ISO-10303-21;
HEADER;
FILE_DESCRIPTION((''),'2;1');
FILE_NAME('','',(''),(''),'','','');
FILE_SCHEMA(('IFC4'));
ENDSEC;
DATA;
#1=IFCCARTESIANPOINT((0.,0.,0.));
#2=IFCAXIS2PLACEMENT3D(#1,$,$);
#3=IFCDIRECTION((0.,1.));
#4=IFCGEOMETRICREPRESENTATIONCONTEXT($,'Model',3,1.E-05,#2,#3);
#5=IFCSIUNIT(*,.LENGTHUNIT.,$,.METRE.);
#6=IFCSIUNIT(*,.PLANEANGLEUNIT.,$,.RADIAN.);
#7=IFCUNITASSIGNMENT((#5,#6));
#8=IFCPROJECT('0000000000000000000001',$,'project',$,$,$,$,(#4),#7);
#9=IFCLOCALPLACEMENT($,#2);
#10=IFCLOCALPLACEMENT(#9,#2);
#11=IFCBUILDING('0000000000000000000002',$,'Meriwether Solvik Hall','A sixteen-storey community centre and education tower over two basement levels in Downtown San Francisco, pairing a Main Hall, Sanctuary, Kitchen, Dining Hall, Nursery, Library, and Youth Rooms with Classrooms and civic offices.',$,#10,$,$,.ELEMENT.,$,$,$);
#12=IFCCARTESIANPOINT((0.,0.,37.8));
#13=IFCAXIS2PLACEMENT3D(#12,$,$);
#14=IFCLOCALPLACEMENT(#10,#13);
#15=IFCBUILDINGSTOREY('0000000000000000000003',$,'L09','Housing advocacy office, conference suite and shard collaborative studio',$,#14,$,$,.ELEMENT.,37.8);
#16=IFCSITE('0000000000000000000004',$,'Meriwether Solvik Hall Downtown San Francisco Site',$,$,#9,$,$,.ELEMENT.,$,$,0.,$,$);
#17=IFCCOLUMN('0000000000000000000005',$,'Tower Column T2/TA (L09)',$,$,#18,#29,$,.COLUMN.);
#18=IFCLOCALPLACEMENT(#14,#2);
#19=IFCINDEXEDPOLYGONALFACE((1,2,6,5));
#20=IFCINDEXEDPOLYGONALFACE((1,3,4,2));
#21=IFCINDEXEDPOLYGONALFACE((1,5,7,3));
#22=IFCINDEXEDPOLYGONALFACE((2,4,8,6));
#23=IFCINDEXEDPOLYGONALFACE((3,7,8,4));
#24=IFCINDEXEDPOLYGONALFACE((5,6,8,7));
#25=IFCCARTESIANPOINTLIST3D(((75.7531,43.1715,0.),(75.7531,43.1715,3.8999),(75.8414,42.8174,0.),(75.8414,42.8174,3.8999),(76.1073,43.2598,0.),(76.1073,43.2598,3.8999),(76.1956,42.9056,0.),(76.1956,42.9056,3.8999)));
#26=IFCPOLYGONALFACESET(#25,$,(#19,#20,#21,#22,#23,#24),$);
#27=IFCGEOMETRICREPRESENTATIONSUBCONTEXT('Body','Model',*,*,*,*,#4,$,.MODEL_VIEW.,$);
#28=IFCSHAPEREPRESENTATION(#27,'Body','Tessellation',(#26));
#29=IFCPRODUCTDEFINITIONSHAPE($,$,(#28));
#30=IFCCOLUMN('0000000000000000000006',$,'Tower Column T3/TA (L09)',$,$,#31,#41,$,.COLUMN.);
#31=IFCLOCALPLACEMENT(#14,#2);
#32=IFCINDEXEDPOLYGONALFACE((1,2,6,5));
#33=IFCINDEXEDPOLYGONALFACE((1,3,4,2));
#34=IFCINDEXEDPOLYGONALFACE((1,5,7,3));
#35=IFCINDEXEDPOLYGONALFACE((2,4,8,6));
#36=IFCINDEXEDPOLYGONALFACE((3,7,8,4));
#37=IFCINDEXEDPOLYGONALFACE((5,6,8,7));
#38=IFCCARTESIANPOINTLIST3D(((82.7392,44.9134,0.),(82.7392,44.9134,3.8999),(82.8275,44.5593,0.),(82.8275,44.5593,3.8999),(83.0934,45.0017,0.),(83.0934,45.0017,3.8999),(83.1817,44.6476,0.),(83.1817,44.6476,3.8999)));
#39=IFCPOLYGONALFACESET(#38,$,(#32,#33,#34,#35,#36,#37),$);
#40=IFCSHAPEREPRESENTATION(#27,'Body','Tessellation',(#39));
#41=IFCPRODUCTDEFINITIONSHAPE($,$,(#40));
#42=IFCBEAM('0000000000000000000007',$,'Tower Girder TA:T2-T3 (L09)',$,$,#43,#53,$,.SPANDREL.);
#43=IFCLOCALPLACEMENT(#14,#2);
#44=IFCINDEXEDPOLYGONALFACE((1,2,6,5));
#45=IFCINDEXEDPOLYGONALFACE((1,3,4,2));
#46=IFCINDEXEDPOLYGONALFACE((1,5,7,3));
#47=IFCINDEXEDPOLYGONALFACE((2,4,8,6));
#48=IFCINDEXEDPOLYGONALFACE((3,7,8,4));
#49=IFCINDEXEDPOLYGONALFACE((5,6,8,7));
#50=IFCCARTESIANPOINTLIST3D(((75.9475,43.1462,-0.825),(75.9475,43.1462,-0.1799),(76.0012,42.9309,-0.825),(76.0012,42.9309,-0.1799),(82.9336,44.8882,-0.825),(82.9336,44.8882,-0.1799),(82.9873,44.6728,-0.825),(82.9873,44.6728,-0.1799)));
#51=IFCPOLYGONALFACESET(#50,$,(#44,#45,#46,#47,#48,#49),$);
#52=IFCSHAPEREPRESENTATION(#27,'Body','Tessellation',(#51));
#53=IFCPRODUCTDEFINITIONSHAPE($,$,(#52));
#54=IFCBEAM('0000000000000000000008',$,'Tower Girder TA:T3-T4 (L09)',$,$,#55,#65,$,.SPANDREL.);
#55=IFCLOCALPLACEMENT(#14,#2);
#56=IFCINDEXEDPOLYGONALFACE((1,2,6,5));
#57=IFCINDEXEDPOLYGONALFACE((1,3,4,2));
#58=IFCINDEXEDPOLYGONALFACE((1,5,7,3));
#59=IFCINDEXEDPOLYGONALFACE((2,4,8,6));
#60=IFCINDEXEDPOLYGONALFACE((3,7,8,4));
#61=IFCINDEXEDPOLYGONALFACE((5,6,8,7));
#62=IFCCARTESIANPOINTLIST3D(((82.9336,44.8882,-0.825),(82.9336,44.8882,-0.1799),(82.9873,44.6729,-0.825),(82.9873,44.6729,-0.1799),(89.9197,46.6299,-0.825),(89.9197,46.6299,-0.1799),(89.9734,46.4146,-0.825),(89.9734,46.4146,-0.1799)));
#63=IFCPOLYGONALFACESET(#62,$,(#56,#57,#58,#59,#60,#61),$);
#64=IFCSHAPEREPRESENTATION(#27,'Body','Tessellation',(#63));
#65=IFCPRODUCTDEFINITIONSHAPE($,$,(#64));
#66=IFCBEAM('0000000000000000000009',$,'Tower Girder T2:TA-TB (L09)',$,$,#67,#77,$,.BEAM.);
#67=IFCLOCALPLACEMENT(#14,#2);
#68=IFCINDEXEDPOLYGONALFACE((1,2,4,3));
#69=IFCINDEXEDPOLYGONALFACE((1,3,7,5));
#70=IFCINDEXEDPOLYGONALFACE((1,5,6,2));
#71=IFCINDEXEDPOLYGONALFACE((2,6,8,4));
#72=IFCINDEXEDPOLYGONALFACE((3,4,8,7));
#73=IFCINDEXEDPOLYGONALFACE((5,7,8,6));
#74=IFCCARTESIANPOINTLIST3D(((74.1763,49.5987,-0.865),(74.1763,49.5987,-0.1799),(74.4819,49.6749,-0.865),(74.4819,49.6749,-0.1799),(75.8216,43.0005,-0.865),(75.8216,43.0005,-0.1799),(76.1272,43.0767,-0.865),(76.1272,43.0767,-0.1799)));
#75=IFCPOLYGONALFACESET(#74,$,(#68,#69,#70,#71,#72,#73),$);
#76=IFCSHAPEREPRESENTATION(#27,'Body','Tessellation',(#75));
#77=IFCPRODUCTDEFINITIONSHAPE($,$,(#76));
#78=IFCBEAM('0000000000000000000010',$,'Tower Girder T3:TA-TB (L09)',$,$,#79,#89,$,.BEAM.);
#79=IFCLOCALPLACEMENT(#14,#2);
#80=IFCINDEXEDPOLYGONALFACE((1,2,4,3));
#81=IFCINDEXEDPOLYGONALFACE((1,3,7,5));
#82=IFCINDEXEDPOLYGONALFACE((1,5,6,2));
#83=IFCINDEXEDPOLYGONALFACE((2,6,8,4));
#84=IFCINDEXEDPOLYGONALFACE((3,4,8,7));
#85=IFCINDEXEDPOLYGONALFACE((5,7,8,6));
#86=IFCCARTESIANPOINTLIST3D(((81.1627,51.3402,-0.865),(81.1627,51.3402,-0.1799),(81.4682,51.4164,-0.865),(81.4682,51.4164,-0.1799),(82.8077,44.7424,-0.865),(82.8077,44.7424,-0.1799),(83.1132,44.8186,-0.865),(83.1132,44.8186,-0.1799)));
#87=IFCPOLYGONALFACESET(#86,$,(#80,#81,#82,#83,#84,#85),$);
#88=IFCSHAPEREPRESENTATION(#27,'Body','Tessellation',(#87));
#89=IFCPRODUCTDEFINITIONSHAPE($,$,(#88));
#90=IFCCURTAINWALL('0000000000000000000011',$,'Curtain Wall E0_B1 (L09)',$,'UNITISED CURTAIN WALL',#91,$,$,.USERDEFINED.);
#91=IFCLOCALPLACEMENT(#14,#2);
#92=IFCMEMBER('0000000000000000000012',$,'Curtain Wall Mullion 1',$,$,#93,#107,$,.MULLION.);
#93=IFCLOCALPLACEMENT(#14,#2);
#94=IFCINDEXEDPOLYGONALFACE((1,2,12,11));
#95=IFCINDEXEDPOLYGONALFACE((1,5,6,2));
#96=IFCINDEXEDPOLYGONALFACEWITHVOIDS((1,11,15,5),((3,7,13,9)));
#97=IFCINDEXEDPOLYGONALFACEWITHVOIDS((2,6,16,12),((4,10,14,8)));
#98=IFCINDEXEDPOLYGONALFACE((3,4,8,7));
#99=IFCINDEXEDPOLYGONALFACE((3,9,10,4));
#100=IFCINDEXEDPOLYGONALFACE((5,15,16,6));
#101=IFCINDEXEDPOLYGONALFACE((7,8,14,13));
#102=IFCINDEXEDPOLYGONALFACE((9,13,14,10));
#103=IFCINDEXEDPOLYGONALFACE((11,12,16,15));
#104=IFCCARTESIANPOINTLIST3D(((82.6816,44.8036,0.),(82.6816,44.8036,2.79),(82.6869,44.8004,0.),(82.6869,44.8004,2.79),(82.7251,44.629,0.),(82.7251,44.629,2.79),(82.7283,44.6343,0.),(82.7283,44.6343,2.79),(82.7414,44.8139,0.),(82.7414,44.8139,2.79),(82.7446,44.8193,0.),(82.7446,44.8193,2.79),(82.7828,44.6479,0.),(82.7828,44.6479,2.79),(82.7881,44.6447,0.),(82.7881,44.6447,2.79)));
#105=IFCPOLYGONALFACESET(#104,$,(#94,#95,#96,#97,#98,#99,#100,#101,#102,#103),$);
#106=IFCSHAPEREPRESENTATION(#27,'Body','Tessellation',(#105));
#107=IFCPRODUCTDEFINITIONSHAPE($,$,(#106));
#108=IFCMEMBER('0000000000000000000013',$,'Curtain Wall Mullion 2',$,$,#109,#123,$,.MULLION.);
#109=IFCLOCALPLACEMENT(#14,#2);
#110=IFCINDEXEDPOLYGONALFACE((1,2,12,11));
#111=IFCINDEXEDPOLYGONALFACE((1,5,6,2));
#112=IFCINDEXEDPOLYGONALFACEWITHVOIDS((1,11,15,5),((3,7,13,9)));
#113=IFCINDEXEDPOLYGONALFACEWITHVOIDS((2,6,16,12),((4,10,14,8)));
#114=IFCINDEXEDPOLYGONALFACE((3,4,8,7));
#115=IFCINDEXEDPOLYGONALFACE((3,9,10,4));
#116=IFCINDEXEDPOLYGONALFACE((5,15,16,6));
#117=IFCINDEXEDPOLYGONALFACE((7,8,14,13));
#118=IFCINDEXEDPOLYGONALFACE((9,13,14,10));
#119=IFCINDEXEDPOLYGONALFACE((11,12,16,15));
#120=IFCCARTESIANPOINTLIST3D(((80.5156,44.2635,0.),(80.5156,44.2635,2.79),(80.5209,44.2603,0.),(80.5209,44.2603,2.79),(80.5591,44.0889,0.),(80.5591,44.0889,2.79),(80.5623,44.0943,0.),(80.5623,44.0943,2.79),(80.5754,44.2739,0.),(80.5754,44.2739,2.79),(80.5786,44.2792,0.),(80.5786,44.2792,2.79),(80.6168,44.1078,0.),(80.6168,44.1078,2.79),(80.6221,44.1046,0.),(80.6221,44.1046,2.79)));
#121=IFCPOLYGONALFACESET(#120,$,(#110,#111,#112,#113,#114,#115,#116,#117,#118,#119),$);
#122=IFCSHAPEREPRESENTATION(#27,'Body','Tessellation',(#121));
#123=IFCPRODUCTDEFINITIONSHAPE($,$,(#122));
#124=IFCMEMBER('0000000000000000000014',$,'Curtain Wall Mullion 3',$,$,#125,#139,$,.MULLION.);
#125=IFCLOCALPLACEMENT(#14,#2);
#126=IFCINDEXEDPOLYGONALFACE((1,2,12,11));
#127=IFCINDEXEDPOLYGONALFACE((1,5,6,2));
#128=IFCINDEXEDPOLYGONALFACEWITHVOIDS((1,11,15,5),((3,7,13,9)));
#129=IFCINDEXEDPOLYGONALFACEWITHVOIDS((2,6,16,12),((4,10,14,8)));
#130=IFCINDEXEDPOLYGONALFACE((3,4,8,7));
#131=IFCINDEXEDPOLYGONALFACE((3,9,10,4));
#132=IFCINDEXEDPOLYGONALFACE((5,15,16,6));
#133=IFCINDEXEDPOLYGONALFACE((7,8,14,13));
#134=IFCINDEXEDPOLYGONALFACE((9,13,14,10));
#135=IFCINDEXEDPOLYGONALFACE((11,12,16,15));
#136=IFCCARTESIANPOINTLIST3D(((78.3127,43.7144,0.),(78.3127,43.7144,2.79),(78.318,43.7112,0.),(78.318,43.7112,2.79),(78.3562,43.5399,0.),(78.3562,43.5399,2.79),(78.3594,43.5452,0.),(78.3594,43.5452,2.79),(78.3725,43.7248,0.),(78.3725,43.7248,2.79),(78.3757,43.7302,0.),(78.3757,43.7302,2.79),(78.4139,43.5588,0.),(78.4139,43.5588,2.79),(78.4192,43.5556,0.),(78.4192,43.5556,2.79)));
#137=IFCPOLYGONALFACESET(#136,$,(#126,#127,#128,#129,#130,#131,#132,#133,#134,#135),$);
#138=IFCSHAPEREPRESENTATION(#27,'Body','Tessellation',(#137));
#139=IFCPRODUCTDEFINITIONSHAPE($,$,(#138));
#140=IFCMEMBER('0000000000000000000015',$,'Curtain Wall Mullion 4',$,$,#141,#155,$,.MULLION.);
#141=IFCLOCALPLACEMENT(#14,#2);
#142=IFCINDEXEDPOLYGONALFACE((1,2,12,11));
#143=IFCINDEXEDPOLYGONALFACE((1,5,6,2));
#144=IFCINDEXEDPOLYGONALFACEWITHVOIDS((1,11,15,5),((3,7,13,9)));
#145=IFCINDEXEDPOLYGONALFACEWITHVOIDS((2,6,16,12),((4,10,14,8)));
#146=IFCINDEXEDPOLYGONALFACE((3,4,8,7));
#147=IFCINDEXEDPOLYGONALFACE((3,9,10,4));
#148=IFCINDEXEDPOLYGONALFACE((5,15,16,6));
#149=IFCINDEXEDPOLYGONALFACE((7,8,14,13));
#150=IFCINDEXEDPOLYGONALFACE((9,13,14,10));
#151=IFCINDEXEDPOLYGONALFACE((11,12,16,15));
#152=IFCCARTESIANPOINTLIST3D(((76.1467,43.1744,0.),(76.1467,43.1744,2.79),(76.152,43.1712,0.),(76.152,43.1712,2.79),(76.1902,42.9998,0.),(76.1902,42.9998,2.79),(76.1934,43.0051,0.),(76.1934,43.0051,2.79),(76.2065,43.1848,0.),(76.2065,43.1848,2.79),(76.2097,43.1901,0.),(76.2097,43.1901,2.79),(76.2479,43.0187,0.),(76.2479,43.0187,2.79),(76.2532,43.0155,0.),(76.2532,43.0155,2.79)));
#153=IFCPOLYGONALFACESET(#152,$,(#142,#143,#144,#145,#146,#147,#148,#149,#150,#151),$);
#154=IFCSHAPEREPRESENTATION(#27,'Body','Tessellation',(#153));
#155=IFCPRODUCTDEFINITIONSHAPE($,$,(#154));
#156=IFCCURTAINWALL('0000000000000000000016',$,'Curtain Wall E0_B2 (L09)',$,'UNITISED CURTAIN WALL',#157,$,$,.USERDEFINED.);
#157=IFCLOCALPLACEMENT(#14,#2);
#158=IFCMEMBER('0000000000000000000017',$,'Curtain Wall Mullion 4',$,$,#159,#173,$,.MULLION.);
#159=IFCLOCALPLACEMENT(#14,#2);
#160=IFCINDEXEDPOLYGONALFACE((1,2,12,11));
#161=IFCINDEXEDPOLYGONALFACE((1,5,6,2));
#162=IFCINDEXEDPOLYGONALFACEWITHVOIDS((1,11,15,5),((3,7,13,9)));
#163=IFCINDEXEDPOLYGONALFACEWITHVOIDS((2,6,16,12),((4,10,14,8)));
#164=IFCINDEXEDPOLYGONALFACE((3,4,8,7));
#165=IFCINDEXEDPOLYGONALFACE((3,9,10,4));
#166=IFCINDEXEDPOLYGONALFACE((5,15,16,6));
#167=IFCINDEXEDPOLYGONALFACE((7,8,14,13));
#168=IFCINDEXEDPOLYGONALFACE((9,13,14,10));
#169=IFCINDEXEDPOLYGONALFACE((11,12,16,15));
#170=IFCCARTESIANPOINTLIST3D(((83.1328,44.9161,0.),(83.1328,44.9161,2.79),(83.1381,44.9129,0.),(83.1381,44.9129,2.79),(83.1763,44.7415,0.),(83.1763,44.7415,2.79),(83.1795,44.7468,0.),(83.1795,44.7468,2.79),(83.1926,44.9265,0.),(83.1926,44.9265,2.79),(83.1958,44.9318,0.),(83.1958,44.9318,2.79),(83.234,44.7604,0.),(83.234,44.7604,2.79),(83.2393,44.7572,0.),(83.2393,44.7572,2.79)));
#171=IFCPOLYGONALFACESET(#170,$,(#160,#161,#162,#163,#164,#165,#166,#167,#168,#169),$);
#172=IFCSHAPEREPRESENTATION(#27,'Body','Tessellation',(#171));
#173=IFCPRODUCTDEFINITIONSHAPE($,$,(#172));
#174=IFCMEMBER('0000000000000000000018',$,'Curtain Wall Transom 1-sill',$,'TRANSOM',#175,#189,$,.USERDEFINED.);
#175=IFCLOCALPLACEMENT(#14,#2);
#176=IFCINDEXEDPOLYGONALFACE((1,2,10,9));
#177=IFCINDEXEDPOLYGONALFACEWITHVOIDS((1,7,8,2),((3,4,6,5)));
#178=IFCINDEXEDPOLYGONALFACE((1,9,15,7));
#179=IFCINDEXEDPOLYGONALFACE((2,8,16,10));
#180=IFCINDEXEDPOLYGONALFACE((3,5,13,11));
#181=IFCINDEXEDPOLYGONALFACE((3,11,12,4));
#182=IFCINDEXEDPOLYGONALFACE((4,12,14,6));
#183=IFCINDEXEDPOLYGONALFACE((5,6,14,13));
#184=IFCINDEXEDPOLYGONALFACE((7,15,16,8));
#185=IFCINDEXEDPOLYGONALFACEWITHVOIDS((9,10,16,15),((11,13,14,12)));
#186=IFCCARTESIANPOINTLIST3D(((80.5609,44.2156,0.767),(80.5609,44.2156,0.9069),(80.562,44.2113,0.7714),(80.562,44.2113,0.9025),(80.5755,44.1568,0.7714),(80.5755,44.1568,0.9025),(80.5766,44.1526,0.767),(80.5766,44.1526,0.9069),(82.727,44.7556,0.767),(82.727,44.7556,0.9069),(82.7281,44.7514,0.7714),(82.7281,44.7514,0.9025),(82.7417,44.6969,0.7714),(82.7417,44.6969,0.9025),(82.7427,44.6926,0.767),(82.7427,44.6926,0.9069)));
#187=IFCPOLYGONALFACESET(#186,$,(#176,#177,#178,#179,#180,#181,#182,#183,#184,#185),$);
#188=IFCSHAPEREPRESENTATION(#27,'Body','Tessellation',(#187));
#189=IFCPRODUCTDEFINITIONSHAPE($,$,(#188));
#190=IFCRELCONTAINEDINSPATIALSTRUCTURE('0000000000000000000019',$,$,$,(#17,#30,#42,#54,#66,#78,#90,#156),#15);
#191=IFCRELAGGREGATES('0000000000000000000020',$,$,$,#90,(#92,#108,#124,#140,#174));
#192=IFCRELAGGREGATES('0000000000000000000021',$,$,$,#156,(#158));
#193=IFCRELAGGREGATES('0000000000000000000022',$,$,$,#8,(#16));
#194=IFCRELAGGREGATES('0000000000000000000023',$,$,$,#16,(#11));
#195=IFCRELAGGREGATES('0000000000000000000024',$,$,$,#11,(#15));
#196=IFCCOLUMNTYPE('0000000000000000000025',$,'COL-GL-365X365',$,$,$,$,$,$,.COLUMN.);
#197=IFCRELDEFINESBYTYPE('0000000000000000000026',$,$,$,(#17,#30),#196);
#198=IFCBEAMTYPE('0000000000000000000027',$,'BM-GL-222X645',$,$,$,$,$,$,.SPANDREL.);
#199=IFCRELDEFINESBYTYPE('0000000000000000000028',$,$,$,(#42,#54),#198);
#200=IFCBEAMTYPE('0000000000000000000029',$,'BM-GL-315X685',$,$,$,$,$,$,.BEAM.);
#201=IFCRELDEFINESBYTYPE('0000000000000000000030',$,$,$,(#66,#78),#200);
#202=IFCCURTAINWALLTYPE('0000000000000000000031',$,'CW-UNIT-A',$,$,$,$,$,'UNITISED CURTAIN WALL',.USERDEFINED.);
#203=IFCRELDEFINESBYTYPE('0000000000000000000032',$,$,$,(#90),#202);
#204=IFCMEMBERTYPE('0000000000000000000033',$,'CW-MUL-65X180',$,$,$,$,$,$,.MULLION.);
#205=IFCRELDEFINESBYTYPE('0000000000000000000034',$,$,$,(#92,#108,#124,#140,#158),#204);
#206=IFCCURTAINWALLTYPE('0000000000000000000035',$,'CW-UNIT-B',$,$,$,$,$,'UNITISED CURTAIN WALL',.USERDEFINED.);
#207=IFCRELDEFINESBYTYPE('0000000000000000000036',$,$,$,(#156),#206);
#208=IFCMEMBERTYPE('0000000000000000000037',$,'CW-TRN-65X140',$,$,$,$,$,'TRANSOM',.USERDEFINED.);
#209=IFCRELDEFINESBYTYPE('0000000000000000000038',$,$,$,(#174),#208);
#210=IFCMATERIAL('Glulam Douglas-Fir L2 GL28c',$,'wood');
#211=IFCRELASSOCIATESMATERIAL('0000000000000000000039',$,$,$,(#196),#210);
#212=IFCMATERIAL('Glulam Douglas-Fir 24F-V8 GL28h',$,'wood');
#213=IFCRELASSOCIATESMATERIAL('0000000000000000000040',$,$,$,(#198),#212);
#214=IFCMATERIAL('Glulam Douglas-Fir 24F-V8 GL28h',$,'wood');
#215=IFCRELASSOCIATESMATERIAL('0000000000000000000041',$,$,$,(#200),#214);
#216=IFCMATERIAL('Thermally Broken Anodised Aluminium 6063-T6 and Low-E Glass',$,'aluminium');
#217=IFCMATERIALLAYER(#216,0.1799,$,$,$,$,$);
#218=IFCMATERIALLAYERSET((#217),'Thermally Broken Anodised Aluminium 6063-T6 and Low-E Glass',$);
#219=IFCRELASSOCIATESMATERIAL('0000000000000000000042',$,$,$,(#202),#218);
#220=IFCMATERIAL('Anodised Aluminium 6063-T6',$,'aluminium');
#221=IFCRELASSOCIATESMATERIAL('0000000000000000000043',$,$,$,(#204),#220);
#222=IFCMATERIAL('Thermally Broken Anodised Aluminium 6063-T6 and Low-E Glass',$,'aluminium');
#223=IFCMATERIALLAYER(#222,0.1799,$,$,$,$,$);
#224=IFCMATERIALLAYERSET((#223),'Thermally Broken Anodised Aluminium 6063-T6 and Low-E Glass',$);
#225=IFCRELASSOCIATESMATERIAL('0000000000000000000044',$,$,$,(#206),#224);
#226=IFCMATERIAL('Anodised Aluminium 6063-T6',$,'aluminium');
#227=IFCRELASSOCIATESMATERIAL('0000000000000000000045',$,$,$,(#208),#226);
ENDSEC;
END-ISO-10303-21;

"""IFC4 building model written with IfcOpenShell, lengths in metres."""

from ifc_helpers import new_model, si_unit, direction, frame, origin, origin_2d, place, context, subcontext, project, spatial, rectangle, hollow_rectangle, extrude, material, layer, layer_set, material_profile, profile_set, type_object, element, aggregate, save


model = new_model("IFC4")

# Units and contexts
model_context = context("Model", 3, precision=1e-05, world=origin(), true_north=direction((0.0, 1.0)))
body_context = subcontext(model_context, "Body", "Model", "MODEL_VIEW")
ifc_project = project(units=[si_unit("LENGTHUNIT", "METRE"), si_unit("PLANEANGLEUNIT", "RADIAN")], contexts=[model_context])

# Site, building, storey
site_placement = place(None, origin())
site = spatial("IfcSite", under=ifc_project, at=site_placement, Name="Meriwether Solvik Hall Downtown San Francisco Site", CompositionType="ELEMENT", RefElevation=0.0)
building_placement = place(site_placement, origin())
building = spatial("IfcBuilding", under=site, at=building_placement, Name="Meriwether Solvik Hall", Description="A sixteen-storey community centre and education tower over two basement levels in Downtown San Francisco, pairing a Main Hall, Sanctuary, Kitchen, Dining Hall, Nursery, Library, and Youth Rooms with Classrooms and civic offices.", CompositionType="ELEMENT")
storey_placement = place(building_placement, frame((0.0, 0.0, 37.8)))
storey = spatial("IfcBuildingStorey", under=building, at=storey_placement, Name="L09", Description="Housing advocacy office, conference suite and shard collaborative studio", CompositionType="ELEMENT", Elevation=37.8)

# Columns
ifc_material_1 = material(Name="Glulam Douglas-Fir L2 GL28c", Category="wood")
ifc_material_profile_1 = material_profile(ifc_material_1, rectangle(XDim=0.365, YDim=0.365, at=origin_2d()), Name="GLC-365X365")
ifc_profile_set_1 = profile_set([ifc_material_profile_1], Name="Glulam Douglas-Fir L2 GL28c")
column_type = type_object("IfcColumnType", Name="COL-GL-365X365", PredefinedType="COLUMN", material=ifc_profile_set_1)
for number, where, z_axis, x_axis, name in (
    (1, (75.9744, 43.0386, 0.0), (0.0, 0.0, 1.0), (0.970296, 0.241922, 0.0), "Tower Column T2/TA (L09)"),
    (2, (82.9604, 44.7805, 0.0), (0.0, 0.0, 1.0), (0.970296, 0.241922, 0.0), "Tower Column T3/TA (L09)"),
):
    element("IfcColumn", number, at=place(storey_placement, frame(where, z_axis=z_axis, x_axis=x_axis)), inside=storey, type_object=column_type, Name=name, PredefinedType="COLUMN", context=body_context, shape_type="SweptSolid", body=[
        extrude(rectangle(XDim=0.365, YDim=0.365, at=origin_2d()), origin(), (0.0, 0.0, 1.0), 3.8999),
    ])

# Beams
ifc_material_2 = material(Name="Glulam Douglas-Fir 24F-V8 GL28h", Category="wood")
ifc_material_profile_2 = material_profile(ifc_material_2, rectangle(XDim=0.2219, YDim=0.645, at=origin_2d()), Name="GLB-222X645")
ifc_profile_set_2 = profile_set([ifc_material_profile_2], Name="Glulam Douglas-Fir 24F-V8 GL28h")
beam_type_1 = type_object("IfcBeamType", Name="BM-GL-222X645", PredefinedType="SPANDREL", material=ifc_profile_set_2)
for number, where, z_axis, x_axis, name in (
    (3, (75.9744, 43.0386, -0.5024), (0.970292, 0.241937, 0.0), (-0.241937, 0.970292, 0.0), "Tower Girder TA:T2-T3 (L09)"),
    (4, (82.9604, 44.7805, -0.5024), (0.9703, 0.241905, 0.0), (-0.241905, 0.9703, 0.0), "Tower Girder TA:T3-T4 (L09)"),
):
    element("IfcBeam", number, at=place(storey_placement, frame(where, z_axis=z_axis, x_axis=x_axis)), inside=storey, type_object=beam_type_1, Name=name, PredefinedType="SPANDREL", context=body_context, shape_type="SweptSolid", body=[
        extrude(rectangle(XDim=0.2219, YDim=0.645, at=origin_2d()), origin(), (0.0, 0.0, 1.0), 7.2),
    ])
ifc_material_3 = material(Name="Glulam Douglas-Fir 24F-V8 GL28h", Category="wood")
ifc_material_profile_3 = material_profile(ifc_material_3, rectangle(XDim=0.3149, YDim=0.6851, at=origin_2d()), Name="GLB-315X685")
ifc_profile_set_3 = profile_set([ifc_material_profile_3], Name="Glulam Douglas-Fir 24F-V8 GL28h")
beam_type_2 = type_object("IfcBeamType", Name="BM-GL-315X685", PredefinedType="BEAM", material=ifc_profile_set_3)
beam_1_placement = place(storey_placement, frame((75.9744, 43.0386, -0.5225), z_axis=(-0.241944, 0.97029, 0.0), x_axis=(-0.97029, -0.241944, 0.0)))
element("IfcBeam", 5, at=beam_1_placement, inside=storey, type_object=beam_type_2, Name="Tower Girder T2:TA-TB (L09)", PredefinedType="BEAM", context=body_context, shape_type="SweptSolid", body=[
    extrude(rectangle(XDim=0.3149, YDim=0.6851, at=origin_2d()), origin(), (0.0, 0.0, 1.0), 6.8003),
])
beam_2_placement = place(storey_placement, frame((82.9604, 44.7805, -0.5225), z_axis=(-0.241919, 0.970296, 0.0), x_axis=(-0.970296, -0.241919, 0.0)))
element("IfcBeam", 6, at=beam_2_placement, inside=storey, type_object=beam_type_2, Name="Tower Girder T3:TA-TB (L09)", PredefinedType="BEAM", context=body_context, shape_type="SweptSolid", body=[
    extrude(rectangle(XDim=0.3149, YDim=0.6851, at=origin_2d()), origin(), (0.0, 0.0, 1.0), 6.7998),
])

# Curtain wall, members
ifc_material_4 = material(Name="Thermally Broken Anodised Aluminium 6063-T6 and Low-E Glass", Category="aluminium")
ifc_layer_1 = layer(ifc_material_4, 0.1799)
ifc_layer_set_1 = layer_set([ifc_layer_1], Name="Thermally Broken Anodised Aluminium 6063-T6 and Low-E Glass")
curtain_wall_type_1 = type_object("IfcCurtainWallType", Name="CW-UNIT-A", ElementType="UNITISED CURTAIN WALL", PredefinedType="USERDEFINED", material=ifc_layer_set_1)
curtain_wall_1_placement = place(storey_placement, origin())
curtain_wall_1 = element("IfcCurtainWall", 7, at=curtain_wall_1_placement, inside=storey, type_object=curtain_wall_type_1, Name="Curtain Wall E0_B1 (L09)", ObjectType="UNITISED CURTAIN WALL", PredefinedType="USERDEFINED")
ifc_material_5 = material(Name="Anodised Aluminium 6063-T6", Category="aluminium")
ifc_material_profile_4 = material_profile(ifc_material_5, hollow_rectangle(XDim=0.0649, YDim=0.1799, WallThickness=0.0044, at=origin_2d()), Name="CWM-65X180")
ifc_profile_set_4 = profile_set([ifc_material_profile_4], Name="Anodised Aluminium 6063-T6")
member_type_1 = type_object("IfcMemberType", Name="CW-MUL-65X180", PredefinedType="MULLION", material=ifc_profile_set_4)
member_1_placement = place(storey_placement, frame((82.7349, 44.7241, 0.0), z_axis=(0.0, 0.0, 1.0), x_axis=(-0.970296, -0.241922, 0.0)))
member_1 = element("IfcMember", 8, at=member_1_placement, type_object=member_type_1, Name="Curtain Wall Mullion 1", PredefinedType="MULLION", context=body_context, shape_type="SweptSolid", body=[
    extrude(hollow_rectangle(XDim=0.0649, YDim=0.1799, WallThickness=0.0044, at=origin_2d()), origin(), (0.0, 0.0, 1.0), 2.79),
])
member_2_placement = place(storey_placement, frame((80.5688, 44.1841, 0.0), z_axis=(0.0, 0.0, 1.0), x_axis=(-0.970296, -0.241922, 0.0)))
member_2 = element("IfcMember", 9, at=member_2_placement, type_object=member_type_1, Name="Curtain Wall Mullion 2", PredefinedType="MULLION", context=body_context, shape_type="SweptSolid", body=[
    extrude(hollow_rectangle(XDim=0.0649, YDim=0.1799, WallThickness=0.0044, at=origin_2d()), origin(), (0.0, 0.0, 1.0), 2.79),
])
member_3_placement = place(storey_placement, frame((78.366, 43.635, 0.0), z_axis=(0.0, 0.0, 1.0), x_axis=(-0.970296, -0.241922, 0.0)))
member_3 = element("IfcMember", 10, at=member_3_placement, type_object=member_type_1, Name="Curtain Wall Mullion 3", PredefinedType="MULLION", context=body_context, shape_type="SweptSolid", body=[
    extrude(hollow_rectangle(XDim=0.0649, YDim=0.1799, WallThickness=0.0044, at=origin_2d()), origin(), (0.0, 0.0, 1.0), 2.79),
])
member_4_placement = place(storey_placement, frame((76.2, 43.095, 0.0), z_axis=(0.0, 0.0, 1.0), x_axis=(-0.970296, -0.241922, 0.0)))
member_4 = element("IfcMember", 11, at=member_4_placement, type_object=member_type_1, Name="Curtain Wall Mullion 4", PredefinedType="MULLION", context=body_context, shape_type="SweptSolid", body=[
    extrude(hollow_rectangle(XDim=0.0649, YDim=0.1799, WallThickness=0.0044, at=origin_2d()), origin(), (0.0, 0.0, 1.0), 2.79),
])

# Curtain wall, member
ifc_material_6 = material(Name="Thermally Broken Anodised Aluminium 6063-T6 and Low-E Glass", Category="aluminium")
ifc_layer_2 = layer(ifc_material_6, 0.1799)
ifc_layer_set_2 = layer_set([ifc_layer_2], Name="Thermally Broken Anodised Aluminium 6063-T6 and Low-E Glass")
curtain_wall_type_2 = type_object("IfcCurtainWallType", Name="CW-UNIT-B", ElementType="UNITISED CURTAIN WALL", PredefinedType="USERDEFINED", material=ifc_layer_set_2)
curtain_wall_2_placement = place(storey_placement, origin())
curtain_wall_2 = element("IfcCurtainWall", 12, at=curtain_wall_2_placement, inside=storey, type_object=curtain_wall_type_2, Name="Curtain Wall E0_B2 (L09)", ObjectType="UNITISED CURTAIN WALL", PredefinedType="USERDEFINED")
member_5_placement = place(storey_placement, frame((83.186, 44.8367, 0.0), z_axis=(0.0, 0.0, 1.0), x_axis=(-0.970296, -0.241922, 0.0)))
member_5 = element("IfcMember", 13, at=member_5_placement, type_object=member_type_1, Name="Curtain Wall Mullion 4", PredefinedType="MULLION", context=body_context, shape_type="SweptSolid", body=[
    extrude(hollow_rectangle(XDim=0.0649, YDim=0.1799, WallThickness=0.0044, at=origin_2d()), origin(), (0.0, 0.0, 1.0), 2.79),
])

# Member
ifc_material_7 = material(Name="Anodised Aluminium 6063-T6", Category="aluminium")
ifc_material_profile_5 = material_profile(ifc_material_7, hollow_rectangle(XDim=0.0649, YDim=0.1399, WallThickness=0.0044, at=origin_2d()), Name="CWT-65X140")
ifc_profile_set_5 = profile_set([ifc_material_profile_5], Name="Anodised Aluminium 6063-T6")
member_type_2 = type_object("IfcMemberType", Name="CW-TRN-65X140", ElementType="TRANSOM", PredefinedType="USERDEFINED", material=ifc_profile_set_5)
member_6_placement = place(storey_placement, frame((82.7349, 44.7241, 0.8369), z_axis=(-0.970297, -0.241918, 0.0), x_axis=(0.241918, -0.970297, 0.0)))
member_6 = element("IfcMember", 14, at=member_6_placement, type_object=member_type_2, Name="Curtain Wall Transom 1-sill", ObjectType="TRANSOM", PredefinedType="USERDEFINED", context=body_context, shape_type="SweptSolid", body=[
    extrude(hollow_rectangle(XDim=0.0649, YDim=0.1399, WallThickness=0.0044, at=origin_2d()), origin(), (0.0, 0.0, 1.0), 2.2324),
])

aggregate(curtain_wall_1, [member_1, member_2, member_3, member_4, member_6])
aggregate(curtain_wall_2, [member_5])

save(model, "model.ifc")
